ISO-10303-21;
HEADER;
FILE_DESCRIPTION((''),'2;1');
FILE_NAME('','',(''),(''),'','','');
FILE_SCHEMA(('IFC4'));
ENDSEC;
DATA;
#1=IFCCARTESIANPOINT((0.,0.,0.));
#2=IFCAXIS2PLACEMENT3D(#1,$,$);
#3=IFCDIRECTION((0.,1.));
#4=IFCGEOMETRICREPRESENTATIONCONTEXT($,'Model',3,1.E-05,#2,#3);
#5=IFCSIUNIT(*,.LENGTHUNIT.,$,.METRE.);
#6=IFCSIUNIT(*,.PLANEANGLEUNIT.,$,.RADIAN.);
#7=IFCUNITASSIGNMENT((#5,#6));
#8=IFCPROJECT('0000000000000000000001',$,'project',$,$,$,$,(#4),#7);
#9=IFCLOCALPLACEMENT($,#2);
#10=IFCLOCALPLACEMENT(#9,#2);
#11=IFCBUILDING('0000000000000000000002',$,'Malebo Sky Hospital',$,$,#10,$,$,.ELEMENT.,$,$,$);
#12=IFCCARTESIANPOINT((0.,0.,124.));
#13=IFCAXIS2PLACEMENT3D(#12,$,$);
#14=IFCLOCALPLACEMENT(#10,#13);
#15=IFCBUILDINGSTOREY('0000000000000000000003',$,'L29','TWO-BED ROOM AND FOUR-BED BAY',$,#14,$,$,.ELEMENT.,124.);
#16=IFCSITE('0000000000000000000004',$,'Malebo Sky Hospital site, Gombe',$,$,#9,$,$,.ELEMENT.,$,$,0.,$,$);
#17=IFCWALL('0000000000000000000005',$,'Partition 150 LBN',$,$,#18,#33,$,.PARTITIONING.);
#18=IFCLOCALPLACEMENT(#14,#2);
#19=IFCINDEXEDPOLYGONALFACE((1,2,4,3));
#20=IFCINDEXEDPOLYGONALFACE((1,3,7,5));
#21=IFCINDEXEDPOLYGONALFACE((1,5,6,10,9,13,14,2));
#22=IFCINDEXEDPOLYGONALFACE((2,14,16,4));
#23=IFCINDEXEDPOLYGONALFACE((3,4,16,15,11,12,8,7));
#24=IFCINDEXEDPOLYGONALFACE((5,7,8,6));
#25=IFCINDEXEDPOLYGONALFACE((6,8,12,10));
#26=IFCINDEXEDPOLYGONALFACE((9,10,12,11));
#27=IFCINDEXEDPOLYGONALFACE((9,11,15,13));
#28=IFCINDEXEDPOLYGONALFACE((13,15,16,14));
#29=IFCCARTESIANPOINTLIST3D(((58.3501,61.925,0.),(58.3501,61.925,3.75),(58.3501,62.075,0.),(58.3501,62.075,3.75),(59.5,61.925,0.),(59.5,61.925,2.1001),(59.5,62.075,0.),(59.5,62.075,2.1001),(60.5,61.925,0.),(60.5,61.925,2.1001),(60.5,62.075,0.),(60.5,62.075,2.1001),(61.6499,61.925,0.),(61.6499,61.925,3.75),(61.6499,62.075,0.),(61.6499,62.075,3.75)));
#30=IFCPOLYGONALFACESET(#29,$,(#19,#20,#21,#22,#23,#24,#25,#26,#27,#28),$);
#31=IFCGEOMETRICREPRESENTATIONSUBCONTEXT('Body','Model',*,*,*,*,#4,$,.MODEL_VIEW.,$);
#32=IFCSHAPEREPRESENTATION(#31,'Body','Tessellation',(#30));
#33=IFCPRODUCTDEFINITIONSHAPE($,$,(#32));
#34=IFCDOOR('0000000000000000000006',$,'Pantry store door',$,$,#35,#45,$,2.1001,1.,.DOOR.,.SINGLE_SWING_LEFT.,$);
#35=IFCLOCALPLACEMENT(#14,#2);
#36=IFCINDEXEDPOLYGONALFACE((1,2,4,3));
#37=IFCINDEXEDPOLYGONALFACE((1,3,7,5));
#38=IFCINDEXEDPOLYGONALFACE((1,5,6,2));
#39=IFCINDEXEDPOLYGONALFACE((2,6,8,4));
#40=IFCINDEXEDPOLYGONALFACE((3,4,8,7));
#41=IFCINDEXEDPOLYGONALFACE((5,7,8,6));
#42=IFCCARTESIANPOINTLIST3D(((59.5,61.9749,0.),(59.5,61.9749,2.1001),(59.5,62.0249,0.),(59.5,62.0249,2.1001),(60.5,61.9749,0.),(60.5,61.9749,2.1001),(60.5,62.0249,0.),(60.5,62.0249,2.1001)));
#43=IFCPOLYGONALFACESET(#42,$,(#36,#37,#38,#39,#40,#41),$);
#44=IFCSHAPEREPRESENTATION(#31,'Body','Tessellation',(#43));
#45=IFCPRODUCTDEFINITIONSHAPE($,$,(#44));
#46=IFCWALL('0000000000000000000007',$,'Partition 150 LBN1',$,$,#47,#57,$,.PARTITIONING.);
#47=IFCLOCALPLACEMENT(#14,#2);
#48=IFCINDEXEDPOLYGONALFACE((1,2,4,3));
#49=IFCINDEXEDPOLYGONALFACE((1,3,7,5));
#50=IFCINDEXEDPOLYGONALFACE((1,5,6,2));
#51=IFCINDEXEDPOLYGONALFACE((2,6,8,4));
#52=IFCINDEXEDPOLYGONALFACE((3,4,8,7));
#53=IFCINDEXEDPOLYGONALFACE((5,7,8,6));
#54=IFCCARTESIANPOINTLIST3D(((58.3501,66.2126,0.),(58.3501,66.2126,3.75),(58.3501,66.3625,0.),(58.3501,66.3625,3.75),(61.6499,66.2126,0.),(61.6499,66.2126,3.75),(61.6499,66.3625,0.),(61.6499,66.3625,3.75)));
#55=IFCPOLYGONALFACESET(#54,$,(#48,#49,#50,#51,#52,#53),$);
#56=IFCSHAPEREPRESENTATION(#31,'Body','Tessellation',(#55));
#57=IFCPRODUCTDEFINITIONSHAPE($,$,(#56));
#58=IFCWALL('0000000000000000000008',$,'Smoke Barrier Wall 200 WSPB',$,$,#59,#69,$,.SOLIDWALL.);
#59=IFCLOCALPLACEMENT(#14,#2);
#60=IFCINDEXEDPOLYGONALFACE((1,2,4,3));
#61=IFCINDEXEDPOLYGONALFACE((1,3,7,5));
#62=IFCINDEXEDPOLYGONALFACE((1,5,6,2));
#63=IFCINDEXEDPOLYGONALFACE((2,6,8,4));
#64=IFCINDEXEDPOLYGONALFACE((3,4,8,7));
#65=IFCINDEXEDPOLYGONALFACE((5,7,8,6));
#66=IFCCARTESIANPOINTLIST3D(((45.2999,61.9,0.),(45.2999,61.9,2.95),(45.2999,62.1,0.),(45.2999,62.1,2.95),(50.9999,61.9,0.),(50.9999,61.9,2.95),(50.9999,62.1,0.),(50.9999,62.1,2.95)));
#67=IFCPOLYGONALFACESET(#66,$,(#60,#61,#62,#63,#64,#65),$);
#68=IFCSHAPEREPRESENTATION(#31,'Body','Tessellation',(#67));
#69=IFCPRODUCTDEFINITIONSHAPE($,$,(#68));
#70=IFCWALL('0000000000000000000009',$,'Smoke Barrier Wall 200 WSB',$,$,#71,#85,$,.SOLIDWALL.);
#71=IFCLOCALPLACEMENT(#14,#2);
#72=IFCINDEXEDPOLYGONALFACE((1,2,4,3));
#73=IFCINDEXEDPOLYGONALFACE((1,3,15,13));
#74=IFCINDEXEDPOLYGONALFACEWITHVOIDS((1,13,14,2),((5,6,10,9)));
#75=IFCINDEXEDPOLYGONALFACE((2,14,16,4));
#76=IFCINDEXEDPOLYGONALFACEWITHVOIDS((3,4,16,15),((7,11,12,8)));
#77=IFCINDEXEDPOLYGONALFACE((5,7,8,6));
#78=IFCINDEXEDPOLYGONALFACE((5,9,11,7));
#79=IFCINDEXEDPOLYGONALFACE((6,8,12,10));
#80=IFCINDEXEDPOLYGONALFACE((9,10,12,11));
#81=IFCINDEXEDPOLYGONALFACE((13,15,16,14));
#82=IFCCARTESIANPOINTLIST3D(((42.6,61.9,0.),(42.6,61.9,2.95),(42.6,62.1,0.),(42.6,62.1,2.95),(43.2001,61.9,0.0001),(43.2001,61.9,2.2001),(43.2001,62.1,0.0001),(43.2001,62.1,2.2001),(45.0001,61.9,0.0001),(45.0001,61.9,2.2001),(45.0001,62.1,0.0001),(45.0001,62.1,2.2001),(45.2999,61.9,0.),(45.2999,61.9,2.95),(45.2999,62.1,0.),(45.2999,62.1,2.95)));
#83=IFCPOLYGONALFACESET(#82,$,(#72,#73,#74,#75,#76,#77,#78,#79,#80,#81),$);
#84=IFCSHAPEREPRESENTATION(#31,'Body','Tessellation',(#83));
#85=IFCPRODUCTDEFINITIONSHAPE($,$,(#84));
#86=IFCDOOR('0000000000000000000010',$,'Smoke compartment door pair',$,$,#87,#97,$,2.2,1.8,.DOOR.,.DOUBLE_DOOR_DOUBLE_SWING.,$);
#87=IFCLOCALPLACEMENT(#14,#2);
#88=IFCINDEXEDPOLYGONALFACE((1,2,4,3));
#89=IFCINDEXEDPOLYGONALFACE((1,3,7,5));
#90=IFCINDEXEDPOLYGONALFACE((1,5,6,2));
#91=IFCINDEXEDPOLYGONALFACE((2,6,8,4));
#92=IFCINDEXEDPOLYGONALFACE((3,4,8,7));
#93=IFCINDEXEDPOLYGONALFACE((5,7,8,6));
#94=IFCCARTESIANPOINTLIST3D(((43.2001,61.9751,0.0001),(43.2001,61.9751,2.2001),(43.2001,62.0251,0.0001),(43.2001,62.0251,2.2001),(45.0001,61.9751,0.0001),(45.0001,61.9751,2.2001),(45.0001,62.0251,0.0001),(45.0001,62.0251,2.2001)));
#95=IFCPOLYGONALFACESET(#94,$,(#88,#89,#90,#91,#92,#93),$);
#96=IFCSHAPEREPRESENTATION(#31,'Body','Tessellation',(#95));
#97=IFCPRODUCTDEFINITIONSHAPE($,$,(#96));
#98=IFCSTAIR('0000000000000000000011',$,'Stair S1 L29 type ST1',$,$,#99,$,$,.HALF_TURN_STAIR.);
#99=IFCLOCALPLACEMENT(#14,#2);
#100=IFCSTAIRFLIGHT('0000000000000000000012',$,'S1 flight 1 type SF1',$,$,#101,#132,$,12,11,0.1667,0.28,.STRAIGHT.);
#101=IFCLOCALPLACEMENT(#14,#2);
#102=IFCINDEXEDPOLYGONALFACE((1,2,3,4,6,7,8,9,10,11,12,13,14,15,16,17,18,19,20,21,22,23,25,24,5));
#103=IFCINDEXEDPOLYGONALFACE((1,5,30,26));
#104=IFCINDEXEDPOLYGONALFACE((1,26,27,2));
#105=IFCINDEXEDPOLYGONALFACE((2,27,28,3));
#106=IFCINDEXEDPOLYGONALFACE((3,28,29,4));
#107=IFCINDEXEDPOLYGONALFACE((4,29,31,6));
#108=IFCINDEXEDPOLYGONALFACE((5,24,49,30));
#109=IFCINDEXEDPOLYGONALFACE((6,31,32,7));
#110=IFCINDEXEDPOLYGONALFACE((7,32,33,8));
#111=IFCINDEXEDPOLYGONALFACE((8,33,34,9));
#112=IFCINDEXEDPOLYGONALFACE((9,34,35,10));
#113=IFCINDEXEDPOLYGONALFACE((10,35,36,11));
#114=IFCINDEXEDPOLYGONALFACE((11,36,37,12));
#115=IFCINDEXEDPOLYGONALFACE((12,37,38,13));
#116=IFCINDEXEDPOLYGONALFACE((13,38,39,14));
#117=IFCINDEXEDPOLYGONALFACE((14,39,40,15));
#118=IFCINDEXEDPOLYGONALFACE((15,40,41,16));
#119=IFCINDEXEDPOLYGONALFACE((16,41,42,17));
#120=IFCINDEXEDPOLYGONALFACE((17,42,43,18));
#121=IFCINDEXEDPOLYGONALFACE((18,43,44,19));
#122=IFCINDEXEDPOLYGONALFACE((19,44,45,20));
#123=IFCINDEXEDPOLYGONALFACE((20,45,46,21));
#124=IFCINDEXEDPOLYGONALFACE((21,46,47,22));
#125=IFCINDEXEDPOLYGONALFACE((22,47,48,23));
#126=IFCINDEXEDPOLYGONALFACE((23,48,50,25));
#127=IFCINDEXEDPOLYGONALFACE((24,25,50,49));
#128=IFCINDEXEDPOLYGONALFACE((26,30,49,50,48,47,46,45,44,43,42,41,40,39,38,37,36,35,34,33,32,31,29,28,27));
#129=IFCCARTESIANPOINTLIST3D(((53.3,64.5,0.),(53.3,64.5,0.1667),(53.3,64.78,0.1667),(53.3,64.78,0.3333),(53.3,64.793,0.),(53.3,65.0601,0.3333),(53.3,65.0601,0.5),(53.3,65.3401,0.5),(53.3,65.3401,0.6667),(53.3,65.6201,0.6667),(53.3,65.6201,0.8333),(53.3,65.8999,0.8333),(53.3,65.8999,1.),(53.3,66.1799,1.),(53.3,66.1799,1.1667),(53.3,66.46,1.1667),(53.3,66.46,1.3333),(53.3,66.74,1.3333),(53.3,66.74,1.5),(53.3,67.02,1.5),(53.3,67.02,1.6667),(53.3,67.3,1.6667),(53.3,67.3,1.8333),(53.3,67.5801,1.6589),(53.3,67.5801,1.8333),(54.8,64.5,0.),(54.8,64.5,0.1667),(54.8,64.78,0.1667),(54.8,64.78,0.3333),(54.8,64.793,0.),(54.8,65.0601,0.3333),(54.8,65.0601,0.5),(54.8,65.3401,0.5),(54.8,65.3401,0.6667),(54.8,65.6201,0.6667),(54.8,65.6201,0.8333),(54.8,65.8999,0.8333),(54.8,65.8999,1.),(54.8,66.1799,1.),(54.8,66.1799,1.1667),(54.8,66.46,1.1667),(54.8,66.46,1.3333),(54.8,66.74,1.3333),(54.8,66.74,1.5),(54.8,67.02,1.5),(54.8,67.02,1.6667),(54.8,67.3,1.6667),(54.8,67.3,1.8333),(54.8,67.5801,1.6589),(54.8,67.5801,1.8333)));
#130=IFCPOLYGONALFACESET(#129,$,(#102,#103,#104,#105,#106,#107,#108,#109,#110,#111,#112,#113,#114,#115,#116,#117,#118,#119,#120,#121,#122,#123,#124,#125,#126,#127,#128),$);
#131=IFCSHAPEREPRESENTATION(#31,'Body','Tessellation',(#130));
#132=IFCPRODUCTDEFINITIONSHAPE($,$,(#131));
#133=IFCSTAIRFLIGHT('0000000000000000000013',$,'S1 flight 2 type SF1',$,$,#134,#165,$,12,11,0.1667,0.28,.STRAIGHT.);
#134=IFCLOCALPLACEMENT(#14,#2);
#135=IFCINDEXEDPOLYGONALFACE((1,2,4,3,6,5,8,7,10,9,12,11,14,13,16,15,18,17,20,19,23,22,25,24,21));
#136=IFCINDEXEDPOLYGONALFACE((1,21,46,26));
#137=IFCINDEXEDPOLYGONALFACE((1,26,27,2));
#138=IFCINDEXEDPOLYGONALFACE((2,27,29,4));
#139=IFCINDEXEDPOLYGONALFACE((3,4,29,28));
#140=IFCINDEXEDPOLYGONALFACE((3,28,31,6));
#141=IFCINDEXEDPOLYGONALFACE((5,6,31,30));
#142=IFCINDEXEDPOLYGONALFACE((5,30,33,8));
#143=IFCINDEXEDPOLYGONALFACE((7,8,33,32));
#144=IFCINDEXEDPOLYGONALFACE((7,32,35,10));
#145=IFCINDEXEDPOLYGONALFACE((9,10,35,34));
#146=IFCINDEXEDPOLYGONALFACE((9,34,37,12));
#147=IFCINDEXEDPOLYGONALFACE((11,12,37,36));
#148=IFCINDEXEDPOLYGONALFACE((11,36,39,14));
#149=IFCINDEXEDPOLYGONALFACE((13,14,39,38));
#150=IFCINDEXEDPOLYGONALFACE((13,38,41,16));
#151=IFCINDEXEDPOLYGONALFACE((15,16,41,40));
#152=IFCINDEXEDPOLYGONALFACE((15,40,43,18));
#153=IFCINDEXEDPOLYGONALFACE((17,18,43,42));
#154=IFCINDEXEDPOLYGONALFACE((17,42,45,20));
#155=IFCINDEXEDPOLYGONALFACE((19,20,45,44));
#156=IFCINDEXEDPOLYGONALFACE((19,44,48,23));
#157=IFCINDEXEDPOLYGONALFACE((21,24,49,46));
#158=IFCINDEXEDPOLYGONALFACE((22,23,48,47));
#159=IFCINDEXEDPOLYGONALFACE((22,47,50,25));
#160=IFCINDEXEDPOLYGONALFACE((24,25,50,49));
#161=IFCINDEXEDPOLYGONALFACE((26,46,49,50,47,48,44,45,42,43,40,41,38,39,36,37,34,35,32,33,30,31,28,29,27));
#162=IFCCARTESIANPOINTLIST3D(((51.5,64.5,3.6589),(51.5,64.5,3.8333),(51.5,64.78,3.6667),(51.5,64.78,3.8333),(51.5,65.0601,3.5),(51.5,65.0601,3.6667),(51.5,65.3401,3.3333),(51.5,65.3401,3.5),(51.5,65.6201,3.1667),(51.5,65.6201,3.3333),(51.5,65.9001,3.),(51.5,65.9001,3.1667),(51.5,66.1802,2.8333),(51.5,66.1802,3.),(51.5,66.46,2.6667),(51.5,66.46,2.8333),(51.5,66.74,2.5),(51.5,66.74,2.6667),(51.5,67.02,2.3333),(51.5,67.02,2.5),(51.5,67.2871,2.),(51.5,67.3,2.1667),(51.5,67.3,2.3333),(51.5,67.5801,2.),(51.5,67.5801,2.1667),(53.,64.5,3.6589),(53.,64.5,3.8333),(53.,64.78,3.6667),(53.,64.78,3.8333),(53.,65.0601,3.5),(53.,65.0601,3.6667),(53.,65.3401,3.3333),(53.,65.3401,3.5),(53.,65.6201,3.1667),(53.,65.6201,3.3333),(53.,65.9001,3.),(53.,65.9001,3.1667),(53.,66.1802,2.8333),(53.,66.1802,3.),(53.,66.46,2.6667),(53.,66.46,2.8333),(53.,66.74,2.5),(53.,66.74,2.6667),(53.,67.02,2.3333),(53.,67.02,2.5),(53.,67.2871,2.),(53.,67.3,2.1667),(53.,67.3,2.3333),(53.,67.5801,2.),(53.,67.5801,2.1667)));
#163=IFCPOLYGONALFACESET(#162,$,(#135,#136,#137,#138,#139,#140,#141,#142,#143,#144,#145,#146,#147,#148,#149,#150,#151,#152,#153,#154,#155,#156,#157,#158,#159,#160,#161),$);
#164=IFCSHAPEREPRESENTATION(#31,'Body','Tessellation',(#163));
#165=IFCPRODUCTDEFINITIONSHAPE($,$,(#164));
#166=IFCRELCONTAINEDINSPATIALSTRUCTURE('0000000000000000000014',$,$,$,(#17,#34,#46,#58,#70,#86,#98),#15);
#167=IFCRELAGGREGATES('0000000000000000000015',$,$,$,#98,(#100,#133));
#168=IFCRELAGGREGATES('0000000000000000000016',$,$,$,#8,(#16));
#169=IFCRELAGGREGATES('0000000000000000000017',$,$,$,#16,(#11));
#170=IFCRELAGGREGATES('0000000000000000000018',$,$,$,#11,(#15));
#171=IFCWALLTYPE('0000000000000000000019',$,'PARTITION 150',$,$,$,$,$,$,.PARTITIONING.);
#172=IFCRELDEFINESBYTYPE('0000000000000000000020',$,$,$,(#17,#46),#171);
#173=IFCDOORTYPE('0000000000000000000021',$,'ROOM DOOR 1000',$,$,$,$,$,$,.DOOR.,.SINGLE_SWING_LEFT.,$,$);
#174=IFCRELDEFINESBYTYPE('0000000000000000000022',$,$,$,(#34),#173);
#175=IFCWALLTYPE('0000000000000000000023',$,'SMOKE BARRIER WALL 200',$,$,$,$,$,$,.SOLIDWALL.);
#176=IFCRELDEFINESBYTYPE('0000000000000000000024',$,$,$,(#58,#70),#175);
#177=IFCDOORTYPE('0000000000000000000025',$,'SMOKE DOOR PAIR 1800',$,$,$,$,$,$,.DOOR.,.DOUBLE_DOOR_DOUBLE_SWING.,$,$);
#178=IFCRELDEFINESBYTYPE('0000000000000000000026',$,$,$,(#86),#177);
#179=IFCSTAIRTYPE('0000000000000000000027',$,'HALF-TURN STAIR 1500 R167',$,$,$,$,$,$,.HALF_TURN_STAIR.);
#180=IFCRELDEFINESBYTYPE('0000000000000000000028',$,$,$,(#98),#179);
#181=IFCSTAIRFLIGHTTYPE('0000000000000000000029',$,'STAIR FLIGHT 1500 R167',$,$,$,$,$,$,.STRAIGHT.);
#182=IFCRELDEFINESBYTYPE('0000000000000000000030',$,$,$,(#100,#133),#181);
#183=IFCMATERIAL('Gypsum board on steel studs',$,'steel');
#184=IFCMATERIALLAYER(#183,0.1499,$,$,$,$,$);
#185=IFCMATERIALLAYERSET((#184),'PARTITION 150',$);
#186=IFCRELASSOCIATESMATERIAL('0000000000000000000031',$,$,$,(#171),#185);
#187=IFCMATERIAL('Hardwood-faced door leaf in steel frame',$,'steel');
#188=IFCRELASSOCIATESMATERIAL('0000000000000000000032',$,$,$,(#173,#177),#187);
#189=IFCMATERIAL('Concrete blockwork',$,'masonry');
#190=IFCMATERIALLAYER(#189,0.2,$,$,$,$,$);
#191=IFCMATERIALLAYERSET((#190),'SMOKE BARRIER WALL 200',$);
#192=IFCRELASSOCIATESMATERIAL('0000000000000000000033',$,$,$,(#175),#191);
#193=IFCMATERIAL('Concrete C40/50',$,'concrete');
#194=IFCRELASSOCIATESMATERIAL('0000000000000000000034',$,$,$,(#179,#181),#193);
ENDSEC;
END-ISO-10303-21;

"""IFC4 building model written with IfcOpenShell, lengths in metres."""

from ifc_helpers import new_model, si_unit, direction, frame, frame_2d, origin, place, context, subcontext, project, spatial, polyline, rectangle, outline, extrude, material, layer, layer_set, type_object, element, fill, aggregate, save


model = new_model("IFC4")

# Units and contexts
model_context = context("Model", 3, precision=1e-05, world=origin(), true_north=direction((0.0, 1.0)))
body_context = subcontext(model_context, "Body", "Model", "MODEL_VIEW")
ifc_project = project(units=[si_unit("LENGTHUNIT", "METRE"), si_unit("PLANEANGLEUNIT", "RADIAN")], contexts=[model_context])

# Site, building, storey
site_placement = place(None, origin())
site = spatial("IfcSite", under=ifc_project, at=site_placement, Name="Malebo Sky Hospital site, Gombe", CompositionType="ELEMENT", RefElevation=0.0)
building_placement = place(site_placement, origin())
building = spatial("IfcBuilding", under=site, at=building_placement, Name="Malebo Sky Hospital", CompositionType="ELEMENT")
storey_placement = place(building_placement, frame((0.0, 0.0, 124.0)))
storey = spatial("IfcBuildingStorey", under=building, at=storey_placement, Name="L29", Description="TWO-BED ROOM AND FOUR-BED BAY", CompositionType="ELEMENT", Elevation=124.0)

# Shared definitions
ifc_material_1 = material(Name="Hardwood-faced door leaf in steel frame", Category="steel")

# Shared definitions
ifc_material_2 = material(Name="Gypsum board on steel studs", Category="steel")
ifc_layer_1 = layer(ifc_material_2, 0.1499)
ifc_layer_set_1 = layer_set([ifc_layer_1], Name="PARTITION 150")
wall_type_1 = type_object("IfcWallType", Name="PARTITION 150", PredefinedType="PARTITIONING", material=ifc_layer_set_1)

# Wall, opening, door
wall_1_placement = place(storey_placement, frame((58.3501, 62.0, 0.0), z_axis=(0.0, 0.0, 1.0), x_axis=(1.0, 0.0, 0.0)))
wall_1 = element("IfcWall", 1, at=wall_1_placement, inside=storey, type_object=wall_type_1, Name="Partition 150 LBN", PredefinedType="PARTITIONING", context=body_context, shape_type="SweptSolid", body=[
    extrude(rectangle(XDim=3.2998, YDim=0.1499, at=frame_2d((1.6499, 0.0))), origin(), (0.0, 0.0, 1.0), 3.75),
])
opening_1_placement = place(wall_1_placement, frame((1.1499, 0.0, 0.0)))
opening_1 = element("IfcOpeningElement", 2, at=opening_1_placement, cuts=wall_1, PredefinedType="OPENING", context=body_context, shape_type="SweptSolid", body=[
    extrude(rectangle(XDim=1.0, YDim=2.1001, at=frame_2d((0.5, 1.05))), frame((0.0, 0.085, 0.0), z_axis=(0.0, -1.0, 0.0), x_axis=(1.0, 0.0, 0.0)), (0.0, 0.0, 1.0), 0.1699),
])
door_type_1 = type_object("IfcDoorType", Name="ROOM DOOR 1000", OperationType="SINGLE_SWING_LEFT", PredefinedType="DOOR", material=ifc_material_1)
door_1_placement = place(opening_1_placement, origin())
door_1 = element("IfcDoor", 3, at=door_1_placement, inside=storey, type_object=door_type_1, Name="Pantry store door", OperationType="SINGLE_SWING_LEFT", OverallHeight=2.1001, OverallWidth=1.0, PredefinedType="DOOR", context=body_context, shape_type="SweptSolid", body=[
    extrude(rectangle(XDim=1.0, YDim=2.1001, at=frame_2d((0.5, 1.05))), frame((0.0, 0.0249, 0.0), z_axis=(0.0, -1.0, 0.0), x_axis=(1.0, 0.0, 0.0)), (0.0, 0.0, 1.0), 0.05),
])
fill(opening_1, door_1)

# Walls
wall_2_placement = place(storey_placement, frame((58.3501, 66.2876, 0.0), z_axis=(0.0, 0.0, 1.0), x_axis=(1.0, 0.0, 0.0)))
element("IfcWall", 4, at=wall_2_placement, inside=storey, type_object=wall_type_1, Name="Partition 150 LBN1", PredefinedType="PARTITIONING", context=body_context, shape_type="SweptSolid", body=[
    extrude(rectangle(XDim=3.2998, YDim=0.1499, at=frame_2d((1.6499, 0.0))), origin(), (0.0, 0.0, 1.0), 3.75),
])
ifc_material_3 = material(Name="Concrete blockwork", Category="masonry")
ifc_layer_2 = layer(ifc_material_3, 0.2)
ifc_layer_set_2 = layer_set([ifc_layer_2], Name="SMOKE BARRIER WALL 200")
wall_type_2 = type_object("IfcWallType", Name="SMOKE BARRIER WALL 200", PredefinedType="SOLIDWALL", material=ifc_layer_set_2)
wall_3_placement = place(storey_placement, frame((51.0, 62.0, 0.0), z_axis=(0.0, 0.0, 1.0), x_axis=(-1.0, 0.0, 0.0)))
element("IfcWall", 5, at=wall_3_placement, inside=storey, type_object=wall_type_2, Name="Smoke Barrier Wall 200 WSPB", PredefinedType="SOLIDWALL", context=body_context, shape_type="SweptSolid", body=[
    extrude(rectangle(XDim=5.7, YDim=0.2, at=frame_2d((2.8501, 0.0))), origin(), (0.0, 0.0, 1.0), 2.95),
])

# Wall, opening, door
wall_4_placement = place(storey_placement, frame((45.3, 62.0, 0.0), z_axis=(0.0, 0.0, 1.0), x_axis=(-1.0, 0.0, 0.0)))
wall_4 = element("IfcWall", 6, at=wall_4_placement, inside=storey, type_object=wall_type_2, Name="Smoke Barrier Wall 200 WSB", PredefinedType="SOLIDWALL", context=body_context, shape_type="SweptSolid", body=[
    extrude(rectangle(XDim=2.7, YDim=0.2, at=frame_2d((1.3501, 0.0))), origin(), (0.0, 0.0, 1.0), 2.95),
])
opening_2_placement = place(wall_4_placement, frame((0.3, 0.0, 0.0)))
opening_2 = element("IfcOpeningElement", 7, at=opening_2_placement, cuts=wall_4, PredefinedType="OPENING", context=body_context, shape_type="SweptSolid", body=[
    extrude(rectangle(XDim=1.8, YDim=2.2, at=frame_2d((0.8999, 1.1001))), frame((0.0, 0.1099, 0.0), z_axis=(0.0, -1.0, 0.0), x_axis=(1.0, 0.0, 0.0)), (0.0, 0.0, 1.0), 0.22),
])
door_type_2 = type_object("IfcDoorType", Name="SMOKE DOOR PAIR 1800", OperationType="DOUBLE_DOOR_DOUBLE_SWING", PredefinedType="DOOR", material=ifc_material_1)
door_2_placement = place(opening_2_placement, origin())
door_2 = element("IfcDoor", 8, at=door_2_placement, inside=storey, type_object=door_type_2, Name="Smoke compartment door pair", OperationType="DOUBLE_DOOR_DOUBLE_SWING", OverallHeight=2.2, OverallWidth=1.8, PredefinedType="DOOR", context=body_context, shape_type="SweptSolid", body=[
    extrude(rectangle(XDim=1.8, YDim=2.2, at=frame_2d((0.8999, 1.1001))), frame((0.0, 0.0249, 0.0), z_axis=(0.0, -1.0, 0.0), x_axis=(1.0, 0.0, 0.0)), (0.0, 0.0, 1.0), 0.05),
])
fill(opening_2, door_2)

# Stair, stair flights
ifc_material_4 = material(Name="Concrete C40/50", Category="concrete")
stair_type = type_object("IfcStairType", Name="HALF-TURN STAIR 1500 R167", PredefinedType="HALF_TURN_STAIR", material=ifc_material_4)
stair_placement = place(storey_placement, origin())
stair = element("IfcStair", 9, at=stair_placement, inside=storey, type_object=stair_type, Name="Stair S1 L29 type ST1", PredefinedType="HALF_TURN_STAIR")
stair_flight_type = type_object("IfcStairFlightType", Name="STAIR FLIGHT 1500 R167", PredefinedType="STRAIGHT", material=ifc_material_4)
stair_flight_1_placement = place(storey_placement, frame((54.05, 64.5, 0.0), z_axis=(0.0, 0.0, 1.0), x_axis=(0.0, 1.0, 0.0)))
stair_flight_1 = element("IfcStairFlight", 10, at=stair_flight_1_placement, type_object=stair_flight_type, Name="S1 flight 1 type SF1", NumberOfRisers=12, NumberOfTreads=11, PredefinedType="STRAIGHT", RiserHeight=0.1667, TreadLength=0.28, context=body_context, shape_type="SweptSolid", body=[
    extrude(outline(polyline([(0.0, 0.0), (0.0, 0.1667), (0.28, 0.1667), (0.28, 0.3333), (0.5601, 0.3333), (0.5601, 0.5), (0.8401, 0.5), (0.8401, 0.6667), (1.1201, 0.6667), (1.1201, 0.8333), (1.3999, 0.8333), (1.3999, 1.0), (1.6799, 1.0), (1.6799, 1.1667), (1.96, 1.1667), (1.96, 1.3333), (2.24, 1.3333), (2.24, 1.5), (2.52, 1.5), (2.52, 1.6667), (2.8, 1.6667), (2.8, 1.8333), (3.0801, 1.8333), (3.0801, 2.0), (3.0801, 1.6589), (0.293, 0.0), (0.0, 0.0)])), frame((0.0, 0.75, 0.0), z_axis=(0.0, -1.0, 0.0), x_axis=(1.0, 0.0, 0.0)), (0.0, 0.0, 1.0), 1.5),
])
stair_flight_2_placement = place(storey_placement, frame((52.25, 67.5801, 2.0), z_axis=(0.0, 0.0, 1.0), x_axis=(0.0, -1.0, 0.0)))
stair_flight_2 = element("IfcStairFlight", 11, at=stair_flight_2_placement, type_object=stair_flight_type, Name="S1 flight 2 type SF1", NumberOfRisers=12, NumberOfTreads=11, PredefinedType="STRAIGHT", RiserHeight=0.1667, TreadLength=0.28, context=body_context, shape_type="SweptSolid", body=[
    extrude(outline(polyline([(0.0, 0.0), (0.0, 0.1667), (0.28, 0.1667), (0.28, 0.3333), (0.5601, 0.3333), (0.5601, 0.5), (0.8401, 0.5), (0.8401, 0.6667), (1.1201, 0.6667), (1.1201, 0.8333), (1.3999, 0.8333), (1.3999, 1.0), (1.6799, 1.0), (1.6799, 1.1667), (1.96, 1.1667), (1.96, 1.3333), (2.24, 1.3333), (2.24, 1.5), (2.52, 1.5), (2.52, 1.6667), (2.8, 1.6667), (2.8, 1.8333), (3.0801, 1.8333), (3.0801, 2.0), (3.0801, 1.6589), (0.293, 0.0), (0.0, 0.0)])), frame((0.0, 0.75, 0.0), z_axis=(0.0, -1.0, 0.0), x_axis=(1.0, 0.0, 0.0)), (0.0, 0.0, 1.0), 1.5),
])
aggregate(stair, [stair_flight_1, stair_flight_2])

save(model, "model.ifc")
